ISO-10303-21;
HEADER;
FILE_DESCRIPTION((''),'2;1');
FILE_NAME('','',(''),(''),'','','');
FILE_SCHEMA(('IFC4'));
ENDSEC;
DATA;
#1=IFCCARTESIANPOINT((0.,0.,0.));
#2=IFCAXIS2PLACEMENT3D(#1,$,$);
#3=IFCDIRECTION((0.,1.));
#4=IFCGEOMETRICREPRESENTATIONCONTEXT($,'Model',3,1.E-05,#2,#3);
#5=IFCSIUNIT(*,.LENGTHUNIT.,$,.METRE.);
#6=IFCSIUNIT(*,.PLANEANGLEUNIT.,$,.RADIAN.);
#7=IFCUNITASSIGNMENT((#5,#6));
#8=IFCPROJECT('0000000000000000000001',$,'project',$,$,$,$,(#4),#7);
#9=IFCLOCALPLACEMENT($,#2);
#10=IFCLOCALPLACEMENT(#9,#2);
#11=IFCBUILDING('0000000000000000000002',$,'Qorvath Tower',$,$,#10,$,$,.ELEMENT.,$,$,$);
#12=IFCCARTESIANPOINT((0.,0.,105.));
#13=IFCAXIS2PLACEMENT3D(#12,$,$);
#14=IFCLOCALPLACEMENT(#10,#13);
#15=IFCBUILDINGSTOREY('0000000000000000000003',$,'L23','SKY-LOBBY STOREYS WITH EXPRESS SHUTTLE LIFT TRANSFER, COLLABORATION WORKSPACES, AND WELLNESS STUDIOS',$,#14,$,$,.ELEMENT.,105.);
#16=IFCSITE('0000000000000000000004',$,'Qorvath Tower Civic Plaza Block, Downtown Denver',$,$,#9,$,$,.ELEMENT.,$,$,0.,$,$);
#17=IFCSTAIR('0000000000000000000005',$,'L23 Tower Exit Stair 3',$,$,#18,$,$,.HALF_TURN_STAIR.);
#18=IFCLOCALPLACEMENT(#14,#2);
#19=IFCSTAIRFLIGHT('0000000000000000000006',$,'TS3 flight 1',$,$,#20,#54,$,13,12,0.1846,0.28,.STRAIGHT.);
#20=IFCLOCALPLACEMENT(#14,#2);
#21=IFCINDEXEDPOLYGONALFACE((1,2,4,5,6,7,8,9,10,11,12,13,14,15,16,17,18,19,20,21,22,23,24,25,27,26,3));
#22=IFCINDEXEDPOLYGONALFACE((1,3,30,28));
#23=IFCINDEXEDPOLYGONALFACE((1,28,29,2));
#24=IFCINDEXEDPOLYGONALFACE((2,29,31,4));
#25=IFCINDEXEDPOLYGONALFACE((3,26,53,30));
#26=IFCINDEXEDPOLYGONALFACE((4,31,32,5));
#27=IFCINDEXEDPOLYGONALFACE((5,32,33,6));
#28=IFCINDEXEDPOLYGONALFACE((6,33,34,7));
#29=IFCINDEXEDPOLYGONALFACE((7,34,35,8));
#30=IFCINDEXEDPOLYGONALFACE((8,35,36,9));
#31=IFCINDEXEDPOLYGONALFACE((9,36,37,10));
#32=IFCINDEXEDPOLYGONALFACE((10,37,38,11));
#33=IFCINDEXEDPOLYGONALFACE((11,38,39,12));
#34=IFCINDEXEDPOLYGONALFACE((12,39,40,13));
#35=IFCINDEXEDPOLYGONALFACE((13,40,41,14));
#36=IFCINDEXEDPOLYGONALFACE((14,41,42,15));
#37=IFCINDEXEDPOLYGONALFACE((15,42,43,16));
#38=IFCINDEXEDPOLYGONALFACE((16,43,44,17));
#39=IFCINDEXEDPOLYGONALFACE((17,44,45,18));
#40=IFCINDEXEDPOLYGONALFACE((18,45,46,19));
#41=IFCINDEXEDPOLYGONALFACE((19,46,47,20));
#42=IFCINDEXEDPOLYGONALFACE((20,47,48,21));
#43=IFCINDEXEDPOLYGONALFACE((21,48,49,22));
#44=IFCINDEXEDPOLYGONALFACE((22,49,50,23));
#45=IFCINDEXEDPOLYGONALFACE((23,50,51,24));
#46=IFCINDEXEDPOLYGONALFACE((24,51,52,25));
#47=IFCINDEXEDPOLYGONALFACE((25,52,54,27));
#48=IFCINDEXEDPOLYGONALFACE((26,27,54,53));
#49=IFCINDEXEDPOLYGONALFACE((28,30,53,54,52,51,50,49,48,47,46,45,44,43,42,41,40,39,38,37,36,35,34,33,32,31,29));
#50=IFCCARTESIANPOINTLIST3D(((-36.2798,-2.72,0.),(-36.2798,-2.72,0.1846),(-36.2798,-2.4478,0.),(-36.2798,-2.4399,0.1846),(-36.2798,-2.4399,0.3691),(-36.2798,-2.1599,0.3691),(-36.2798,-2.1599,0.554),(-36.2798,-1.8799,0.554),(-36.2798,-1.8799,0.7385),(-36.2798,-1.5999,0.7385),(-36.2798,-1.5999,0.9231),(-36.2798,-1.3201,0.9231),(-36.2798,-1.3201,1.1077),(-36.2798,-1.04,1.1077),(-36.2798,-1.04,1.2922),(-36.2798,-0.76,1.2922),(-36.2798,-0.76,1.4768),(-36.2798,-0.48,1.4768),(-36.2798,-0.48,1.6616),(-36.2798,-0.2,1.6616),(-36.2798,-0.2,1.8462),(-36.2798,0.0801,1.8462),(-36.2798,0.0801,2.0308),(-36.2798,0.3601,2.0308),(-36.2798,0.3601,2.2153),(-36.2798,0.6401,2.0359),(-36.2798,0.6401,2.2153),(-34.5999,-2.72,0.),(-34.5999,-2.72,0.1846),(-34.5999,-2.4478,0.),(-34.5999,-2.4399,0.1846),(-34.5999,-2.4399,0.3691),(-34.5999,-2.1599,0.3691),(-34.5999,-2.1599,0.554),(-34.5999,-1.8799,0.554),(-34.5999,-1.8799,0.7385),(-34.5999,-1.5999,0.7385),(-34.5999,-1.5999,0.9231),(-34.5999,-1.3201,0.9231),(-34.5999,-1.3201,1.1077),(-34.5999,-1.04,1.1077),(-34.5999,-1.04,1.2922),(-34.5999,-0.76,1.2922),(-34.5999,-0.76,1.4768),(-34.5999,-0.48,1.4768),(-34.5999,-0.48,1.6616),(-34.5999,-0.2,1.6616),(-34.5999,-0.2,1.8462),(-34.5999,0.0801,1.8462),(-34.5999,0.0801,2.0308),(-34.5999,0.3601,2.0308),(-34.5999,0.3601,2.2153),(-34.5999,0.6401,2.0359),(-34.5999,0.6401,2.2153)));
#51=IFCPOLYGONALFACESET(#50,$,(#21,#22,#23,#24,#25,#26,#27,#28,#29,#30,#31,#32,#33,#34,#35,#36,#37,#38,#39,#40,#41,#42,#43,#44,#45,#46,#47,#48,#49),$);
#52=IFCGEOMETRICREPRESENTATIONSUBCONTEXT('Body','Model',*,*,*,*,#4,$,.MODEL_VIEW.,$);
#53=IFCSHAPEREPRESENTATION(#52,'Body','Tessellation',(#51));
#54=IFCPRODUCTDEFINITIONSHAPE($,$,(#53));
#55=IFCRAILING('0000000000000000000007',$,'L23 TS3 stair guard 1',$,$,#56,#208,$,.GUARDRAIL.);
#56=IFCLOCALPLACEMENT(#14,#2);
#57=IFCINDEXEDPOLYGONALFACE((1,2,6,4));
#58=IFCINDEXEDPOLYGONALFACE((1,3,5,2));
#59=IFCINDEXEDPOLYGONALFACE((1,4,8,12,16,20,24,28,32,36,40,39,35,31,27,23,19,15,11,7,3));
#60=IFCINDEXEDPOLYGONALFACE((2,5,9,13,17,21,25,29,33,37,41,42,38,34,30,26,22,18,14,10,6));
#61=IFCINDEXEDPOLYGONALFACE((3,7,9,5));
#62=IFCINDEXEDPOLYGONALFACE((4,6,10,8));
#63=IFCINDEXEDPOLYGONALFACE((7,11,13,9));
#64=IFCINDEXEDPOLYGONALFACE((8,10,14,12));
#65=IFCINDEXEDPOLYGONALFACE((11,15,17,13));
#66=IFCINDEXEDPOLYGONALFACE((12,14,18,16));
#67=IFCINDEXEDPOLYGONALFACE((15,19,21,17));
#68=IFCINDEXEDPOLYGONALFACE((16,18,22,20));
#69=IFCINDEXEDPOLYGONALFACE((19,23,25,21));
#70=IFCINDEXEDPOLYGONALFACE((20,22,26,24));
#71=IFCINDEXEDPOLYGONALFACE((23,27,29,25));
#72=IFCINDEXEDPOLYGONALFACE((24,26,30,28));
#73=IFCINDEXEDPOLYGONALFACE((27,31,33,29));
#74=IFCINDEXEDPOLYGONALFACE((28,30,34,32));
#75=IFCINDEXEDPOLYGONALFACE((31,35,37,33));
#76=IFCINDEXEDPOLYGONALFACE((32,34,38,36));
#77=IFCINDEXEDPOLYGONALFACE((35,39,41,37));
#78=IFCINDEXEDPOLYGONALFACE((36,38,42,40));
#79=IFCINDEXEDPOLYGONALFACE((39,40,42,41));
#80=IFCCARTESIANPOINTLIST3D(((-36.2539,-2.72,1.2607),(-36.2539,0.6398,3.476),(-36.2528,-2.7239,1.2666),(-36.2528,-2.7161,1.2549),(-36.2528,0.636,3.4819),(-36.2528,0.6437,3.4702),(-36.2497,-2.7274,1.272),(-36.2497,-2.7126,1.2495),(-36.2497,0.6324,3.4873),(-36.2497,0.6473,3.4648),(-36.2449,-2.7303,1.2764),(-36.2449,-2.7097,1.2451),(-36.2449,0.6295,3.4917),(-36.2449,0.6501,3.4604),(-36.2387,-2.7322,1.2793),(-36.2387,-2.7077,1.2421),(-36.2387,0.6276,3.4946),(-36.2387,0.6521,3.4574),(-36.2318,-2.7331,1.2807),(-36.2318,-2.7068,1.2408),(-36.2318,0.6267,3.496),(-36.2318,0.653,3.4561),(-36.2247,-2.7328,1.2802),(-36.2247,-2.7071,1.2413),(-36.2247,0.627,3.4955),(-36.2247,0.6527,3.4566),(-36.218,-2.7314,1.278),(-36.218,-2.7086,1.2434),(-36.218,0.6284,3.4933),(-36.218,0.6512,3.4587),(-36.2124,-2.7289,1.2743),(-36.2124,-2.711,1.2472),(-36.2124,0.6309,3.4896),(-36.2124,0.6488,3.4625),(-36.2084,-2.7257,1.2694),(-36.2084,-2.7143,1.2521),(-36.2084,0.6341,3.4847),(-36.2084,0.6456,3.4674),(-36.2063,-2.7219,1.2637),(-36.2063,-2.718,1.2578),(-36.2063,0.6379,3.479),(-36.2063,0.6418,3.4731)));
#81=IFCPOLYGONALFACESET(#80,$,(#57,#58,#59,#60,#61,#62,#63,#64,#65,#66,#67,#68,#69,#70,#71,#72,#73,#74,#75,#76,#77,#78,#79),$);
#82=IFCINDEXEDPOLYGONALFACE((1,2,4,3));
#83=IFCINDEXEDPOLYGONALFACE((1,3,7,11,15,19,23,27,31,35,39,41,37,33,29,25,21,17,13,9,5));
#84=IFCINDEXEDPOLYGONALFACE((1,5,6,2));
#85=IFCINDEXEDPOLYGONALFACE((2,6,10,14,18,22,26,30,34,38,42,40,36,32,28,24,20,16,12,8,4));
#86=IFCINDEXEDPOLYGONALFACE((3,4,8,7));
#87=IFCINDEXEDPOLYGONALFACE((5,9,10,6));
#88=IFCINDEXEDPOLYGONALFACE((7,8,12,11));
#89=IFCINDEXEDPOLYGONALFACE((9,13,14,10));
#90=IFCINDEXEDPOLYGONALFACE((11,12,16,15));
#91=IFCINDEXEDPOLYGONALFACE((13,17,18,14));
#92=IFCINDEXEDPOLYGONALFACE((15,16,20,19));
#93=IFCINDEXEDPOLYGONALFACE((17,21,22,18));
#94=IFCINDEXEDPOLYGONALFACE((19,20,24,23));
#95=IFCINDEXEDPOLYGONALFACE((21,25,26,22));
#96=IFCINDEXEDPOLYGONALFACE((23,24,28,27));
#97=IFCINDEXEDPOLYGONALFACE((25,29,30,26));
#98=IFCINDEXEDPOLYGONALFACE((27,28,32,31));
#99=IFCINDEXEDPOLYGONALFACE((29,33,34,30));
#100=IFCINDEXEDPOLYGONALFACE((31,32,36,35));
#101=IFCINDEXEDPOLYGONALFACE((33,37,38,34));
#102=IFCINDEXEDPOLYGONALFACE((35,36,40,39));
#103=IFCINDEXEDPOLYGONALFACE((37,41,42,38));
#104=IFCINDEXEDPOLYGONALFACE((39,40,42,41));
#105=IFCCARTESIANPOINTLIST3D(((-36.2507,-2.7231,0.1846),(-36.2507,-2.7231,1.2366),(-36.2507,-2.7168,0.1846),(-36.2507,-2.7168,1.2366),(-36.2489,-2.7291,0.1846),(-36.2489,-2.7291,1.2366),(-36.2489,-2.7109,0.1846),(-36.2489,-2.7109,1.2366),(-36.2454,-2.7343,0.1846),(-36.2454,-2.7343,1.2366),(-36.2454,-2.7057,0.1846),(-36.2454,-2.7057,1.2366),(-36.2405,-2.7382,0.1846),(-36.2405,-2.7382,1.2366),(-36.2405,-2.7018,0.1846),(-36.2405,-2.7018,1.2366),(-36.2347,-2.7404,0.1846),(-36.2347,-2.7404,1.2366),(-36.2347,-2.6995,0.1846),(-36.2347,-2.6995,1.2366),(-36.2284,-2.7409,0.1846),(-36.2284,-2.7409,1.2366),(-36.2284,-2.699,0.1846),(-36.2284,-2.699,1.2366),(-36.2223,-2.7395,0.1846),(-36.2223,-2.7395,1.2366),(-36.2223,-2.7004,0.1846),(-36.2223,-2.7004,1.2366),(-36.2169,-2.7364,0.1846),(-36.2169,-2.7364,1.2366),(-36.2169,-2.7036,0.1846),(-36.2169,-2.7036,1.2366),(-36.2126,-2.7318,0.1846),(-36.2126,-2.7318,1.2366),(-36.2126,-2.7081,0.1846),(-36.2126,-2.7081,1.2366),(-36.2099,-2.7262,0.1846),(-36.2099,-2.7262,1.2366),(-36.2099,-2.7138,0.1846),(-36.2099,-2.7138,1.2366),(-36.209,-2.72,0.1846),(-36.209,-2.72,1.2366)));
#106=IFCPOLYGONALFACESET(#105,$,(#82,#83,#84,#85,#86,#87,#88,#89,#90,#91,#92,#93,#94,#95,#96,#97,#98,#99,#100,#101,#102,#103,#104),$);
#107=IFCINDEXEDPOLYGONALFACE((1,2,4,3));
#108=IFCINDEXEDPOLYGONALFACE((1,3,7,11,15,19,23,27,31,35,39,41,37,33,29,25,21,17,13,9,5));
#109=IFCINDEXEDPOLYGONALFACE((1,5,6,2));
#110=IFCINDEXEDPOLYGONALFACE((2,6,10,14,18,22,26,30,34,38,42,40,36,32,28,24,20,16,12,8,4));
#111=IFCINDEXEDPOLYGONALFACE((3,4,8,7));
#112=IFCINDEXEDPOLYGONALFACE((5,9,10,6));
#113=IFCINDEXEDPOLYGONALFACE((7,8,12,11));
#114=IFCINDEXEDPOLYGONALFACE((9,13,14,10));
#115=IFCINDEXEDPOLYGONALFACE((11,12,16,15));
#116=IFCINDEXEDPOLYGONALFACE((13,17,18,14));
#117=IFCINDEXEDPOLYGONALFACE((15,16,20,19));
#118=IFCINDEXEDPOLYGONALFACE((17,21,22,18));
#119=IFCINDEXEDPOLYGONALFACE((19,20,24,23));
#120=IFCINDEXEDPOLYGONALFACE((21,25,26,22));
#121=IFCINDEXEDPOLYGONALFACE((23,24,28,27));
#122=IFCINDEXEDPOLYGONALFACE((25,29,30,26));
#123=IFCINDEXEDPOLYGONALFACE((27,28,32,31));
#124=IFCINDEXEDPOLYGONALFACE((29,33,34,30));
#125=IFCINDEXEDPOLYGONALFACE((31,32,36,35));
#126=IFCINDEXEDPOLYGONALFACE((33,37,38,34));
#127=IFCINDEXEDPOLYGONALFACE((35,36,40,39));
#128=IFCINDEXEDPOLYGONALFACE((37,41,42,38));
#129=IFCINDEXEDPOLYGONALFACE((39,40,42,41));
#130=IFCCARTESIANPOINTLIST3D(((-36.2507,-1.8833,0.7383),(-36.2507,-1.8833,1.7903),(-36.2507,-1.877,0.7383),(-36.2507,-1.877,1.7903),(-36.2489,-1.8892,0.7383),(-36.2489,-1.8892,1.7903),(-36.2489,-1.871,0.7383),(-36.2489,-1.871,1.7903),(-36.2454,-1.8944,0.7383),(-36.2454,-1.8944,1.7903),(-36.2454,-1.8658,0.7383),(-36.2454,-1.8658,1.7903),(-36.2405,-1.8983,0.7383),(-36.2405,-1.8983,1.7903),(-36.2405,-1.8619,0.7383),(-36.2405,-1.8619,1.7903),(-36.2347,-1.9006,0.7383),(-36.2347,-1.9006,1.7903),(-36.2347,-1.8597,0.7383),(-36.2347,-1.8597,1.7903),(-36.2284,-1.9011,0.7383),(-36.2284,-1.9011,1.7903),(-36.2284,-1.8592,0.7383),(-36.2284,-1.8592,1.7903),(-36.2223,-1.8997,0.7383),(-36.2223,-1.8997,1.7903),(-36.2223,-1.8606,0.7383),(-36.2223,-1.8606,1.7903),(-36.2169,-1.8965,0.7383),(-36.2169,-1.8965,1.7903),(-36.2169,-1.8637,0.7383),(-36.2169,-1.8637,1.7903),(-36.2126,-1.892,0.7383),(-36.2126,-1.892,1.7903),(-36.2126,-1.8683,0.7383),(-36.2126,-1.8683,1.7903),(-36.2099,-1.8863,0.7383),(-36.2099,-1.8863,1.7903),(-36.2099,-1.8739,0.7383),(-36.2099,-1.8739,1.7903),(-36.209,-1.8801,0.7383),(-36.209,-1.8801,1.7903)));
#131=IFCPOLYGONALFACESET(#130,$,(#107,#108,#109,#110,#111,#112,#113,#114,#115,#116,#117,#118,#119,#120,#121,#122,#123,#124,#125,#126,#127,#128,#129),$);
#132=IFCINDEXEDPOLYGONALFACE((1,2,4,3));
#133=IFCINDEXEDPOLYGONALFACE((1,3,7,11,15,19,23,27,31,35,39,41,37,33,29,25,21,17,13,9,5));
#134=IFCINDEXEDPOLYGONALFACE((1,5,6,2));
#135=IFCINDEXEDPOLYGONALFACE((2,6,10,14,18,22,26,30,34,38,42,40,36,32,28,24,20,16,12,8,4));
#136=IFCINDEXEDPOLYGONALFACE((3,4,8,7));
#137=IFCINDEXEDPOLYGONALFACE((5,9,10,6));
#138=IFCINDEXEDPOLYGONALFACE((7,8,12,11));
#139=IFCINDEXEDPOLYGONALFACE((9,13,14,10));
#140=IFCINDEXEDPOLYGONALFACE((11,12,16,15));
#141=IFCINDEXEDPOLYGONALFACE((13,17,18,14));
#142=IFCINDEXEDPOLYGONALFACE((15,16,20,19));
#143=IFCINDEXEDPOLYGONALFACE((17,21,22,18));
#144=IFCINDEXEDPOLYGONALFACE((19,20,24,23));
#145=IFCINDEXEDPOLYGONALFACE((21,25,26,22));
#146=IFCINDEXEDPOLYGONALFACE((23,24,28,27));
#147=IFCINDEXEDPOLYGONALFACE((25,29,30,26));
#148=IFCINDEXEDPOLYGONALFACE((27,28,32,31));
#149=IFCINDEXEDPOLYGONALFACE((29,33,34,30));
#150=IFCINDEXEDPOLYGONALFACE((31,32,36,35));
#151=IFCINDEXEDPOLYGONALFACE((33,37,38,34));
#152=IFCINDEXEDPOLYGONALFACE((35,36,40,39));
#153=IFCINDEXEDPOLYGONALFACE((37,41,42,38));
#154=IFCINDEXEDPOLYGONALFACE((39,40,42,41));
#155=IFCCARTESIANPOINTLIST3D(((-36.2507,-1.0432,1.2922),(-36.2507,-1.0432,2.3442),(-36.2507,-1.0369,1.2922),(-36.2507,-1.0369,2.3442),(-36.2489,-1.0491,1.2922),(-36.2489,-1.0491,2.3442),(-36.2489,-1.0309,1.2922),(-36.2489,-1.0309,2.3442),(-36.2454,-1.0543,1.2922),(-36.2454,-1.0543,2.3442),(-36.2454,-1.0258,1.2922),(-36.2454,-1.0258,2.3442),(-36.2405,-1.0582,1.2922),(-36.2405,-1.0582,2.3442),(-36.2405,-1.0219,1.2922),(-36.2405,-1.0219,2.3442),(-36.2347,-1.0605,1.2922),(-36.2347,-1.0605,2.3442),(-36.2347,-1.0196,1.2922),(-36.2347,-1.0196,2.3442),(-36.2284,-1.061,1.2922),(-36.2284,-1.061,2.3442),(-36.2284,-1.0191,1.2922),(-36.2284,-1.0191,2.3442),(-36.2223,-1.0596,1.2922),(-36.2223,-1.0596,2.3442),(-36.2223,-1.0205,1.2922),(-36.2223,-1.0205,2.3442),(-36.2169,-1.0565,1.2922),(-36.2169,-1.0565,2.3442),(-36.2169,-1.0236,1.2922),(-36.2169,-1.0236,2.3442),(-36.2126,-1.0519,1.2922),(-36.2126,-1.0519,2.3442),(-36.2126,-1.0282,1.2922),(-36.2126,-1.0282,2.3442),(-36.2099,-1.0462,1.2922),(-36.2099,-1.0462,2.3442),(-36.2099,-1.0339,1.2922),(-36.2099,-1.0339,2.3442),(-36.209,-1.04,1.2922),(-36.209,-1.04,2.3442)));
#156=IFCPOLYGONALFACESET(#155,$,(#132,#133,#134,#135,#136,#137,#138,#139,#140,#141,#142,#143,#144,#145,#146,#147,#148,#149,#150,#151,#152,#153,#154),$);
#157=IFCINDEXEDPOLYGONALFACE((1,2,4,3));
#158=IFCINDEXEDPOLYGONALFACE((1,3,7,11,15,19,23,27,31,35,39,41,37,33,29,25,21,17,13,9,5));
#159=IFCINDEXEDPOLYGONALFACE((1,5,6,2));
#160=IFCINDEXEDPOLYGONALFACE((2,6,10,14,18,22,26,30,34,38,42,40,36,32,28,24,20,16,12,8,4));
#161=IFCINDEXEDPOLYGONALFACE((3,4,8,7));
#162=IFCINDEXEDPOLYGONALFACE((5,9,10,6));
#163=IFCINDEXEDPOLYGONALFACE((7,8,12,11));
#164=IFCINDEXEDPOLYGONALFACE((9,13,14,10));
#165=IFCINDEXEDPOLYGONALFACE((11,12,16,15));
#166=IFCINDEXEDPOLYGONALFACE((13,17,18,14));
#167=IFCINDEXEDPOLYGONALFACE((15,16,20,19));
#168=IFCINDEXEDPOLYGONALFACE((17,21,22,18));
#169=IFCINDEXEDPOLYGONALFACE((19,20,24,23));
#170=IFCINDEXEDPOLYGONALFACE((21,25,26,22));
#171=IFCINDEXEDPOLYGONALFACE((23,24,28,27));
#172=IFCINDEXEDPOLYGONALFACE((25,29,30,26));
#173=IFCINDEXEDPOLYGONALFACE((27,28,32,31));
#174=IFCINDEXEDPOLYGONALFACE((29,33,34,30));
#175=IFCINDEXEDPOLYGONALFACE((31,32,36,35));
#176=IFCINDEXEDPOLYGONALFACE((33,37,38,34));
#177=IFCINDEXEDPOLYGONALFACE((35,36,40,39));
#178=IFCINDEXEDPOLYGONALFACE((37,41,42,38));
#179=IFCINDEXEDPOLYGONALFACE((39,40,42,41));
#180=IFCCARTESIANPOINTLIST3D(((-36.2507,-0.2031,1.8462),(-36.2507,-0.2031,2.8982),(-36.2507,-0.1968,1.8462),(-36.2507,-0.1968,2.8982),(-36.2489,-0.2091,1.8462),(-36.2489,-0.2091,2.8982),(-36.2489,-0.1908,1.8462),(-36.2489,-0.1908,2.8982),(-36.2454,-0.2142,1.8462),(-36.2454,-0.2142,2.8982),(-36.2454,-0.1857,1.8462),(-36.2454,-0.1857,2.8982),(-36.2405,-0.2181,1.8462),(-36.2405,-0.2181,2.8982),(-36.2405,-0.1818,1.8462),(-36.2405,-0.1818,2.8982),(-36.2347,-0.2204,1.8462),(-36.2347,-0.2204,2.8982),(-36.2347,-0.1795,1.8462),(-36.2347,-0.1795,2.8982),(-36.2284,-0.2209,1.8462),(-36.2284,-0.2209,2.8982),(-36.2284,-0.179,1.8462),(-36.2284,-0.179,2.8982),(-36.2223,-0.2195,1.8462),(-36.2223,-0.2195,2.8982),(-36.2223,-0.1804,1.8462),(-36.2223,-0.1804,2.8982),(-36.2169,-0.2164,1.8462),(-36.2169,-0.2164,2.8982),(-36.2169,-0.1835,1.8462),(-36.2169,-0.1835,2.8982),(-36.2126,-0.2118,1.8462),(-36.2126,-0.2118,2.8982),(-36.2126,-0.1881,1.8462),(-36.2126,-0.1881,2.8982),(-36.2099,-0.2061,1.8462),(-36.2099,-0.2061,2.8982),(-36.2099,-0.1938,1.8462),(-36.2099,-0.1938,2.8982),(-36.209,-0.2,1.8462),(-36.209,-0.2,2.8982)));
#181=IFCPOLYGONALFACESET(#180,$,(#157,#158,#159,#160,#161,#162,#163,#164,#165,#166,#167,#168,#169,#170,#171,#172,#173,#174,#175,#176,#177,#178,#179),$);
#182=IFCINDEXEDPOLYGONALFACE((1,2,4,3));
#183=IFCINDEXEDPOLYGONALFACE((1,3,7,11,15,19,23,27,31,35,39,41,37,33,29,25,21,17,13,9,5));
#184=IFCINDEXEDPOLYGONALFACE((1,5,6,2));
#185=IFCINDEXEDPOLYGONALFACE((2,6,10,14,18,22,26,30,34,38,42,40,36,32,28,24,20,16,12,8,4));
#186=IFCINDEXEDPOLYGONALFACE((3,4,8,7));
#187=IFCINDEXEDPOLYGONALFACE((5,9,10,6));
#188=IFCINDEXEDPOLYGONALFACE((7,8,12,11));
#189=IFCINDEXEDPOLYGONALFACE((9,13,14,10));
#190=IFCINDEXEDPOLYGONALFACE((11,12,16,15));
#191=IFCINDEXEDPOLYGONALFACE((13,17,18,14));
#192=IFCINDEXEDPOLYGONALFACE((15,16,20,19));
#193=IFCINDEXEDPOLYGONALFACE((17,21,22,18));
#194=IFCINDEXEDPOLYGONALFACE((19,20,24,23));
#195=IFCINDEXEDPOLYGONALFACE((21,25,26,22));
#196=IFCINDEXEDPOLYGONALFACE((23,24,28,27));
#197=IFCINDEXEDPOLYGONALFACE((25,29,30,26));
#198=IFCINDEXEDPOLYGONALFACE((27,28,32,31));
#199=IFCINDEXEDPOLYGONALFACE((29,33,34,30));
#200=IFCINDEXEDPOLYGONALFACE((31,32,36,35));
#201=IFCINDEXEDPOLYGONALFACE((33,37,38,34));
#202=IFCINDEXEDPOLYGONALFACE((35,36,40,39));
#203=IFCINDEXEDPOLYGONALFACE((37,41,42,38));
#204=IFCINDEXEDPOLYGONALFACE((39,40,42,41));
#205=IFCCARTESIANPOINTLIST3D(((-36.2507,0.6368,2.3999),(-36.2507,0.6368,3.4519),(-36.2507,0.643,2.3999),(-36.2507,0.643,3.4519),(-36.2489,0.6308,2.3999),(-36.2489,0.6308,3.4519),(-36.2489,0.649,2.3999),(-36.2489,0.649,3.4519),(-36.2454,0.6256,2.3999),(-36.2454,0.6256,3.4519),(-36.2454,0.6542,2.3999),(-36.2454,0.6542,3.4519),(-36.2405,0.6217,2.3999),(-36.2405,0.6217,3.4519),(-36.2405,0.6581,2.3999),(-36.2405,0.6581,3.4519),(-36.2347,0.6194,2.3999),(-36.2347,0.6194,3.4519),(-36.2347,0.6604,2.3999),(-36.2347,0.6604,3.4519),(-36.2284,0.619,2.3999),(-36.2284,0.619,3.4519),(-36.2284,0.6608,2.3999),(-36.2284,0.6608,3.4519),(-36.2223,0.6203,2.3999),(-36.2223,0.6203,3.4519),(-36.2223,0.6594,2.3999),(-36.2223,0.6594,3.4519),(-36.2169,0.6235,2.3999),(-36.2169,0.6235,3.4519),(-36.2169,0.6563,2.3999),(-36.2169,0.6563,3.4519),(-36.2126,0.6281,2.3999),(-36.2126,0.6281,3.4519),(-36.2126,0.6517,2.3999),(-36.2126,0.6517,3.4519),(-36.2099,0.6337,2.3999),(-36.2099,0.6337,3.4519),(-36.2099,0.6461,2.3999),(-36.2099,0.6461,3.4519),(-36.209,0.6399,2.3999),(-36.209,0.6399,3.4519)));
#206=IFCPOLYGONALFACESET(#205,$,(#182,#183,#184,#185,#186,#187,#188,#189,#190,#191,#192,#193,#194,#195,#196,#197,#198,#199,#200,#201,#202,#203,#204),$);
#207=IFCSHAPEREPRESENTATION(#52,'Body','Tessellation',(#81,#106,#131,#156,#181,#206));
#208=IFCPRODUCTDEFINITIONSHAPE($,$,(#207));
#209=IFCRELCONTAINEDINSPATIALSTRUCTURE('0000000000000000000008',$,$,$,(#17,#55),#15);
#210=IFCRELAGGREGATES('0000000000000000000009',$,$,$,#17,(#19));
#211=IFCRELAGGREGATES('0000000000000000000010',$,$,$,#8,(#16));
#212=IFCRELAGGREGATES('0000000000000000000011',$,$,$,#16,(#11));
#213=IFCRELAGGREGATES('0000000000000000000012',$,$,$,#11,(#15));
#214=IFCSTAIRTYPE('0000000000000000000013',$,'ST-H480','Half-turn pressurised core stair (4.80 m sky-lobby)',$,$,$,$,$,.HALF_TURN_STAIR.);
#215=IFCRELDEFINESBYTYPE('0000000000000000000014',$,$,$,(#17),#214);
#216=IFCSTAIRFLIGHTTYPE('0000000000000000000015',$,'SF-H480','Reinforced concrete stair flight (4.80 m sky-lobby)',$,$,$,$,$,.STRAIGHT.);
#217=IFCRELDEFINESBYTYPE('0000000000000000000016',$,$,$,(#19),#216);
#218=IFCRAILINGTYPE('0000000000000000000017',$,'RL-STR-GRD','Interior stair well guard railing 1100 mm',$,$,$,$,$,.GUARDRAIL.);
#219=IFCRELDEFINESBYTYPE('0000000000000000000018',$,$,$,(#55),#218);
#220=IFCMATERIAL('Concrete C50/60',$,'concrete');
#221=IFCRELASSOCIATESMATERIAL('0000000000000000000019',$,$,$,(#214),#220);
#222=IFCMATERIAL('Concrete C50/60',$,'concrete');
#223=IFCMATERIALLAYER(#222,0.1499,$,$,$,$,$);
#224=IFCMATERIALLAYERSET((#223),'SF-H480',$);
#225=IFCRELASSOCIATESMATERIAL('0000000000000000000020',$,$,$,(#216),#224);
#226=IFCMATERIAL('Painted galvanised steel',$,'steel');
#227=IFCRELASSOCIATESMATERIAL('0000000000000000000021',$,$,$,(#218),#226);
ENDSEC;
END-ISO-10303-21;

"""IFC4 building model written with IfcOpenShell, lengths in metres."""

from ifc_helpers import new_model, si_unit, direction, frame, origin, origin_2d, place, context, subcontext, project, spatial, polyline, circle, outline, extrude, material, layer, layer_set, type_object, element, aggregate, save


model = new_model("IFC4")

# Units and contexts
model_context = context("Model", 3, precision=1e-05, world=origin(), true_north=direction((0.0, 1.0)))
body_context = subcontext(model_context, "Body", "Model", "MODEL_VIEW")
ifc_project = project(units=[si_unit("LENGTHUNIT", "METRE"), si_unit("PLANEANGLEUNIT", "RADIAN")], contexts=[model_context])

# Site, building, storey
site_placement = place(None, origin())
site = spatial("IfcSite", under=ifc_project, at=site_placement, Name="Qorvath Tower Civic Plaza Block, Downtown Denver", CompositionType="ELEMENT", RefElevation=0.0)
building_placement = place(site_placement, origin())
building = spatial("IfcBuilding", under=site, at=building_placement, Name="Qorvath Tower", CompositionType="ELEMENT")
storey_placement = place(building_placement, frame((0.0, 0.0, 105.0)))
storey = spatial("IfcBuildingStorey", under=building, at=storey_placement, Name="L23", Description="SKY-LOBBY STOREYS WITH EXPRESS SHUTTLE LIFT TRANSFER, COLLABORATION WORKSPACES, AND WELLNESS STUDIOS", CompositionType="ELEMENT", Elevation=105.0)

# Stair, stair flight
ifc_material_1 = material(Name="Concrete C50/60", Category="concrete")
stair_type = type_object("IfcStairType", Name="ST-H480", Description="Half-turn pressurised core stair (4.80 m sky-lobby)", PredefinedType="HALF_TURN_STAIR", material=ifc_material_1)
stair_placement = place(storey_placement, origin())
stair = element("IfcStair", 1, at=stair_placement, inside=storey, type_object=stair_type, Name="L23 Tower Exit Stair 3", PredefinedType="HALF_TURN_STAIR")
ifc_material_2 = material(Name="Concrete C50/60", Category="concrete")
ifc_layer_1 = layer(ifc_material_2, 0.1499)
ifc_layer_set_1 = layer_set([ifc_layer_1], Name="SF-H480")
stair_flight_type = type_object("IfcStairFlightType", Name="SF-H480", Description="Reinforced concrete stair flight (4.80 m sky-lobby)", PredefinedType="STRAIGHT", material=ifc_layer_set_1)
stair_flight_placement = place(storey_placement, frame((-35.4399, -2.72, 0.0), z_axis=(0.0, 0.0, 1.0), x_axis=(0.0, 1.0, 0.0)))
stair_flight = element("IfcStairFlight", 2, at=stair_flight_placement, type_object=stair_flight_type, Name="TS3 flight 1", NumberOfRisers=13, NumberOfTreads=12, PredefinedType="STRAIGHT", RiserHeight=0.1846, TreadLength=0.28, context=body_context, shape_type="SweptSolid", body=[
    extrude(outline(polyline([(0.0, 0.0), (0.0, 0.1846), (0.28, 0.1846), (0.28, 0.3691), (0.5601, 0.3691), (0.5601, 0.554), (0.8401, 0.554), (0.8401, 0.7385), (1.1201, 0.7385), (1.1201, 0.9231), (1.3999, 0.9231), (1.3999, 1.1077), (1.6799, 1.1077), (1.6799, 1.2922), (1.96, 1.2922), (1.96, 1.4768), (2.24, 1.4768), (2.24, 1.6616), (2.52, 1.6616), (2.52, 1.8462), (2.8, 1.8462), (2.8, 2.0308), (3.0801, 2.0308), (3.0801, 2.2153), (3.3601, 2.2153), (3.3601, 2.3999), (3.3601, 2.0359), (0.2722, 0.0), (0.0, 0.0)])), frame((0.0, 0.8398, 0.0), z_axis=(0.0, -1.0, 0.0), x_axis=(1.0, 0.0, 0.0)), (0.0, 0.0, 1.0), 1.6799),
])
aggregate(stair, [stair_flight])

# Railing
ifc_material_3 = material(Name="Painted galvanised steel", Category="steel")
railing_type_1 = type_object("IfcRailingType", Name="RL-STR-GRD", Description="Interior stair well guard railing 1100 mm", PredefinedType="GUARDRAIL", material=ifc_material_3)
railing_1_placement = place(storey_placement, frame((-36.23, -2.72, 0.1846)))
element("IfcRailing", 3, at=railing_1_placement, inside=storey, type_object=railing_type_1, Name="L23 TS3 stair guard 1", PredefinedType="GUARDRAIL", context=body_context, shape_type="SweptSolid", body=[
    extrude(circle(Radius=0.0239, at=origin_2d()), frame((0.0, 0.0, 1.0762), z_axis=(0.0, 0.834858, 0.550465), x_axis=(-1.0, 0.0, 0.0)), (0.0, 0.0, 1.0), 4.0244),
    extrude(circle(Radius=0.021, at=origin_2d()), origin(), (0.0, 0.0, 1.0), 1.052),
    extrude(circle(Radius=0.021, at=origin_2d()), frame((0.0, 0.8398, 0.5537)), (0.0, 0.0, 1.0), 1.052),
    extrude(circle(Radius=0.021, at=origin_2d()), frame((0.0, 1.6799, 1.1077)), (0.0, 0.0, 1.0), 1.052),
    extrude(circle(Radius=0.021, at=origin_2d()), frame((0.0, 2.52, 1.6616)), (0.0, 0.0, 1.0), 1.052),
    extrude(circle(Radius=0.021, at=origin_2d()), frame((0.0, 3.3599, 2.2153)), (0.0, 0.0, 1.0), 1.052),
])

save(model, "model.ifc")
